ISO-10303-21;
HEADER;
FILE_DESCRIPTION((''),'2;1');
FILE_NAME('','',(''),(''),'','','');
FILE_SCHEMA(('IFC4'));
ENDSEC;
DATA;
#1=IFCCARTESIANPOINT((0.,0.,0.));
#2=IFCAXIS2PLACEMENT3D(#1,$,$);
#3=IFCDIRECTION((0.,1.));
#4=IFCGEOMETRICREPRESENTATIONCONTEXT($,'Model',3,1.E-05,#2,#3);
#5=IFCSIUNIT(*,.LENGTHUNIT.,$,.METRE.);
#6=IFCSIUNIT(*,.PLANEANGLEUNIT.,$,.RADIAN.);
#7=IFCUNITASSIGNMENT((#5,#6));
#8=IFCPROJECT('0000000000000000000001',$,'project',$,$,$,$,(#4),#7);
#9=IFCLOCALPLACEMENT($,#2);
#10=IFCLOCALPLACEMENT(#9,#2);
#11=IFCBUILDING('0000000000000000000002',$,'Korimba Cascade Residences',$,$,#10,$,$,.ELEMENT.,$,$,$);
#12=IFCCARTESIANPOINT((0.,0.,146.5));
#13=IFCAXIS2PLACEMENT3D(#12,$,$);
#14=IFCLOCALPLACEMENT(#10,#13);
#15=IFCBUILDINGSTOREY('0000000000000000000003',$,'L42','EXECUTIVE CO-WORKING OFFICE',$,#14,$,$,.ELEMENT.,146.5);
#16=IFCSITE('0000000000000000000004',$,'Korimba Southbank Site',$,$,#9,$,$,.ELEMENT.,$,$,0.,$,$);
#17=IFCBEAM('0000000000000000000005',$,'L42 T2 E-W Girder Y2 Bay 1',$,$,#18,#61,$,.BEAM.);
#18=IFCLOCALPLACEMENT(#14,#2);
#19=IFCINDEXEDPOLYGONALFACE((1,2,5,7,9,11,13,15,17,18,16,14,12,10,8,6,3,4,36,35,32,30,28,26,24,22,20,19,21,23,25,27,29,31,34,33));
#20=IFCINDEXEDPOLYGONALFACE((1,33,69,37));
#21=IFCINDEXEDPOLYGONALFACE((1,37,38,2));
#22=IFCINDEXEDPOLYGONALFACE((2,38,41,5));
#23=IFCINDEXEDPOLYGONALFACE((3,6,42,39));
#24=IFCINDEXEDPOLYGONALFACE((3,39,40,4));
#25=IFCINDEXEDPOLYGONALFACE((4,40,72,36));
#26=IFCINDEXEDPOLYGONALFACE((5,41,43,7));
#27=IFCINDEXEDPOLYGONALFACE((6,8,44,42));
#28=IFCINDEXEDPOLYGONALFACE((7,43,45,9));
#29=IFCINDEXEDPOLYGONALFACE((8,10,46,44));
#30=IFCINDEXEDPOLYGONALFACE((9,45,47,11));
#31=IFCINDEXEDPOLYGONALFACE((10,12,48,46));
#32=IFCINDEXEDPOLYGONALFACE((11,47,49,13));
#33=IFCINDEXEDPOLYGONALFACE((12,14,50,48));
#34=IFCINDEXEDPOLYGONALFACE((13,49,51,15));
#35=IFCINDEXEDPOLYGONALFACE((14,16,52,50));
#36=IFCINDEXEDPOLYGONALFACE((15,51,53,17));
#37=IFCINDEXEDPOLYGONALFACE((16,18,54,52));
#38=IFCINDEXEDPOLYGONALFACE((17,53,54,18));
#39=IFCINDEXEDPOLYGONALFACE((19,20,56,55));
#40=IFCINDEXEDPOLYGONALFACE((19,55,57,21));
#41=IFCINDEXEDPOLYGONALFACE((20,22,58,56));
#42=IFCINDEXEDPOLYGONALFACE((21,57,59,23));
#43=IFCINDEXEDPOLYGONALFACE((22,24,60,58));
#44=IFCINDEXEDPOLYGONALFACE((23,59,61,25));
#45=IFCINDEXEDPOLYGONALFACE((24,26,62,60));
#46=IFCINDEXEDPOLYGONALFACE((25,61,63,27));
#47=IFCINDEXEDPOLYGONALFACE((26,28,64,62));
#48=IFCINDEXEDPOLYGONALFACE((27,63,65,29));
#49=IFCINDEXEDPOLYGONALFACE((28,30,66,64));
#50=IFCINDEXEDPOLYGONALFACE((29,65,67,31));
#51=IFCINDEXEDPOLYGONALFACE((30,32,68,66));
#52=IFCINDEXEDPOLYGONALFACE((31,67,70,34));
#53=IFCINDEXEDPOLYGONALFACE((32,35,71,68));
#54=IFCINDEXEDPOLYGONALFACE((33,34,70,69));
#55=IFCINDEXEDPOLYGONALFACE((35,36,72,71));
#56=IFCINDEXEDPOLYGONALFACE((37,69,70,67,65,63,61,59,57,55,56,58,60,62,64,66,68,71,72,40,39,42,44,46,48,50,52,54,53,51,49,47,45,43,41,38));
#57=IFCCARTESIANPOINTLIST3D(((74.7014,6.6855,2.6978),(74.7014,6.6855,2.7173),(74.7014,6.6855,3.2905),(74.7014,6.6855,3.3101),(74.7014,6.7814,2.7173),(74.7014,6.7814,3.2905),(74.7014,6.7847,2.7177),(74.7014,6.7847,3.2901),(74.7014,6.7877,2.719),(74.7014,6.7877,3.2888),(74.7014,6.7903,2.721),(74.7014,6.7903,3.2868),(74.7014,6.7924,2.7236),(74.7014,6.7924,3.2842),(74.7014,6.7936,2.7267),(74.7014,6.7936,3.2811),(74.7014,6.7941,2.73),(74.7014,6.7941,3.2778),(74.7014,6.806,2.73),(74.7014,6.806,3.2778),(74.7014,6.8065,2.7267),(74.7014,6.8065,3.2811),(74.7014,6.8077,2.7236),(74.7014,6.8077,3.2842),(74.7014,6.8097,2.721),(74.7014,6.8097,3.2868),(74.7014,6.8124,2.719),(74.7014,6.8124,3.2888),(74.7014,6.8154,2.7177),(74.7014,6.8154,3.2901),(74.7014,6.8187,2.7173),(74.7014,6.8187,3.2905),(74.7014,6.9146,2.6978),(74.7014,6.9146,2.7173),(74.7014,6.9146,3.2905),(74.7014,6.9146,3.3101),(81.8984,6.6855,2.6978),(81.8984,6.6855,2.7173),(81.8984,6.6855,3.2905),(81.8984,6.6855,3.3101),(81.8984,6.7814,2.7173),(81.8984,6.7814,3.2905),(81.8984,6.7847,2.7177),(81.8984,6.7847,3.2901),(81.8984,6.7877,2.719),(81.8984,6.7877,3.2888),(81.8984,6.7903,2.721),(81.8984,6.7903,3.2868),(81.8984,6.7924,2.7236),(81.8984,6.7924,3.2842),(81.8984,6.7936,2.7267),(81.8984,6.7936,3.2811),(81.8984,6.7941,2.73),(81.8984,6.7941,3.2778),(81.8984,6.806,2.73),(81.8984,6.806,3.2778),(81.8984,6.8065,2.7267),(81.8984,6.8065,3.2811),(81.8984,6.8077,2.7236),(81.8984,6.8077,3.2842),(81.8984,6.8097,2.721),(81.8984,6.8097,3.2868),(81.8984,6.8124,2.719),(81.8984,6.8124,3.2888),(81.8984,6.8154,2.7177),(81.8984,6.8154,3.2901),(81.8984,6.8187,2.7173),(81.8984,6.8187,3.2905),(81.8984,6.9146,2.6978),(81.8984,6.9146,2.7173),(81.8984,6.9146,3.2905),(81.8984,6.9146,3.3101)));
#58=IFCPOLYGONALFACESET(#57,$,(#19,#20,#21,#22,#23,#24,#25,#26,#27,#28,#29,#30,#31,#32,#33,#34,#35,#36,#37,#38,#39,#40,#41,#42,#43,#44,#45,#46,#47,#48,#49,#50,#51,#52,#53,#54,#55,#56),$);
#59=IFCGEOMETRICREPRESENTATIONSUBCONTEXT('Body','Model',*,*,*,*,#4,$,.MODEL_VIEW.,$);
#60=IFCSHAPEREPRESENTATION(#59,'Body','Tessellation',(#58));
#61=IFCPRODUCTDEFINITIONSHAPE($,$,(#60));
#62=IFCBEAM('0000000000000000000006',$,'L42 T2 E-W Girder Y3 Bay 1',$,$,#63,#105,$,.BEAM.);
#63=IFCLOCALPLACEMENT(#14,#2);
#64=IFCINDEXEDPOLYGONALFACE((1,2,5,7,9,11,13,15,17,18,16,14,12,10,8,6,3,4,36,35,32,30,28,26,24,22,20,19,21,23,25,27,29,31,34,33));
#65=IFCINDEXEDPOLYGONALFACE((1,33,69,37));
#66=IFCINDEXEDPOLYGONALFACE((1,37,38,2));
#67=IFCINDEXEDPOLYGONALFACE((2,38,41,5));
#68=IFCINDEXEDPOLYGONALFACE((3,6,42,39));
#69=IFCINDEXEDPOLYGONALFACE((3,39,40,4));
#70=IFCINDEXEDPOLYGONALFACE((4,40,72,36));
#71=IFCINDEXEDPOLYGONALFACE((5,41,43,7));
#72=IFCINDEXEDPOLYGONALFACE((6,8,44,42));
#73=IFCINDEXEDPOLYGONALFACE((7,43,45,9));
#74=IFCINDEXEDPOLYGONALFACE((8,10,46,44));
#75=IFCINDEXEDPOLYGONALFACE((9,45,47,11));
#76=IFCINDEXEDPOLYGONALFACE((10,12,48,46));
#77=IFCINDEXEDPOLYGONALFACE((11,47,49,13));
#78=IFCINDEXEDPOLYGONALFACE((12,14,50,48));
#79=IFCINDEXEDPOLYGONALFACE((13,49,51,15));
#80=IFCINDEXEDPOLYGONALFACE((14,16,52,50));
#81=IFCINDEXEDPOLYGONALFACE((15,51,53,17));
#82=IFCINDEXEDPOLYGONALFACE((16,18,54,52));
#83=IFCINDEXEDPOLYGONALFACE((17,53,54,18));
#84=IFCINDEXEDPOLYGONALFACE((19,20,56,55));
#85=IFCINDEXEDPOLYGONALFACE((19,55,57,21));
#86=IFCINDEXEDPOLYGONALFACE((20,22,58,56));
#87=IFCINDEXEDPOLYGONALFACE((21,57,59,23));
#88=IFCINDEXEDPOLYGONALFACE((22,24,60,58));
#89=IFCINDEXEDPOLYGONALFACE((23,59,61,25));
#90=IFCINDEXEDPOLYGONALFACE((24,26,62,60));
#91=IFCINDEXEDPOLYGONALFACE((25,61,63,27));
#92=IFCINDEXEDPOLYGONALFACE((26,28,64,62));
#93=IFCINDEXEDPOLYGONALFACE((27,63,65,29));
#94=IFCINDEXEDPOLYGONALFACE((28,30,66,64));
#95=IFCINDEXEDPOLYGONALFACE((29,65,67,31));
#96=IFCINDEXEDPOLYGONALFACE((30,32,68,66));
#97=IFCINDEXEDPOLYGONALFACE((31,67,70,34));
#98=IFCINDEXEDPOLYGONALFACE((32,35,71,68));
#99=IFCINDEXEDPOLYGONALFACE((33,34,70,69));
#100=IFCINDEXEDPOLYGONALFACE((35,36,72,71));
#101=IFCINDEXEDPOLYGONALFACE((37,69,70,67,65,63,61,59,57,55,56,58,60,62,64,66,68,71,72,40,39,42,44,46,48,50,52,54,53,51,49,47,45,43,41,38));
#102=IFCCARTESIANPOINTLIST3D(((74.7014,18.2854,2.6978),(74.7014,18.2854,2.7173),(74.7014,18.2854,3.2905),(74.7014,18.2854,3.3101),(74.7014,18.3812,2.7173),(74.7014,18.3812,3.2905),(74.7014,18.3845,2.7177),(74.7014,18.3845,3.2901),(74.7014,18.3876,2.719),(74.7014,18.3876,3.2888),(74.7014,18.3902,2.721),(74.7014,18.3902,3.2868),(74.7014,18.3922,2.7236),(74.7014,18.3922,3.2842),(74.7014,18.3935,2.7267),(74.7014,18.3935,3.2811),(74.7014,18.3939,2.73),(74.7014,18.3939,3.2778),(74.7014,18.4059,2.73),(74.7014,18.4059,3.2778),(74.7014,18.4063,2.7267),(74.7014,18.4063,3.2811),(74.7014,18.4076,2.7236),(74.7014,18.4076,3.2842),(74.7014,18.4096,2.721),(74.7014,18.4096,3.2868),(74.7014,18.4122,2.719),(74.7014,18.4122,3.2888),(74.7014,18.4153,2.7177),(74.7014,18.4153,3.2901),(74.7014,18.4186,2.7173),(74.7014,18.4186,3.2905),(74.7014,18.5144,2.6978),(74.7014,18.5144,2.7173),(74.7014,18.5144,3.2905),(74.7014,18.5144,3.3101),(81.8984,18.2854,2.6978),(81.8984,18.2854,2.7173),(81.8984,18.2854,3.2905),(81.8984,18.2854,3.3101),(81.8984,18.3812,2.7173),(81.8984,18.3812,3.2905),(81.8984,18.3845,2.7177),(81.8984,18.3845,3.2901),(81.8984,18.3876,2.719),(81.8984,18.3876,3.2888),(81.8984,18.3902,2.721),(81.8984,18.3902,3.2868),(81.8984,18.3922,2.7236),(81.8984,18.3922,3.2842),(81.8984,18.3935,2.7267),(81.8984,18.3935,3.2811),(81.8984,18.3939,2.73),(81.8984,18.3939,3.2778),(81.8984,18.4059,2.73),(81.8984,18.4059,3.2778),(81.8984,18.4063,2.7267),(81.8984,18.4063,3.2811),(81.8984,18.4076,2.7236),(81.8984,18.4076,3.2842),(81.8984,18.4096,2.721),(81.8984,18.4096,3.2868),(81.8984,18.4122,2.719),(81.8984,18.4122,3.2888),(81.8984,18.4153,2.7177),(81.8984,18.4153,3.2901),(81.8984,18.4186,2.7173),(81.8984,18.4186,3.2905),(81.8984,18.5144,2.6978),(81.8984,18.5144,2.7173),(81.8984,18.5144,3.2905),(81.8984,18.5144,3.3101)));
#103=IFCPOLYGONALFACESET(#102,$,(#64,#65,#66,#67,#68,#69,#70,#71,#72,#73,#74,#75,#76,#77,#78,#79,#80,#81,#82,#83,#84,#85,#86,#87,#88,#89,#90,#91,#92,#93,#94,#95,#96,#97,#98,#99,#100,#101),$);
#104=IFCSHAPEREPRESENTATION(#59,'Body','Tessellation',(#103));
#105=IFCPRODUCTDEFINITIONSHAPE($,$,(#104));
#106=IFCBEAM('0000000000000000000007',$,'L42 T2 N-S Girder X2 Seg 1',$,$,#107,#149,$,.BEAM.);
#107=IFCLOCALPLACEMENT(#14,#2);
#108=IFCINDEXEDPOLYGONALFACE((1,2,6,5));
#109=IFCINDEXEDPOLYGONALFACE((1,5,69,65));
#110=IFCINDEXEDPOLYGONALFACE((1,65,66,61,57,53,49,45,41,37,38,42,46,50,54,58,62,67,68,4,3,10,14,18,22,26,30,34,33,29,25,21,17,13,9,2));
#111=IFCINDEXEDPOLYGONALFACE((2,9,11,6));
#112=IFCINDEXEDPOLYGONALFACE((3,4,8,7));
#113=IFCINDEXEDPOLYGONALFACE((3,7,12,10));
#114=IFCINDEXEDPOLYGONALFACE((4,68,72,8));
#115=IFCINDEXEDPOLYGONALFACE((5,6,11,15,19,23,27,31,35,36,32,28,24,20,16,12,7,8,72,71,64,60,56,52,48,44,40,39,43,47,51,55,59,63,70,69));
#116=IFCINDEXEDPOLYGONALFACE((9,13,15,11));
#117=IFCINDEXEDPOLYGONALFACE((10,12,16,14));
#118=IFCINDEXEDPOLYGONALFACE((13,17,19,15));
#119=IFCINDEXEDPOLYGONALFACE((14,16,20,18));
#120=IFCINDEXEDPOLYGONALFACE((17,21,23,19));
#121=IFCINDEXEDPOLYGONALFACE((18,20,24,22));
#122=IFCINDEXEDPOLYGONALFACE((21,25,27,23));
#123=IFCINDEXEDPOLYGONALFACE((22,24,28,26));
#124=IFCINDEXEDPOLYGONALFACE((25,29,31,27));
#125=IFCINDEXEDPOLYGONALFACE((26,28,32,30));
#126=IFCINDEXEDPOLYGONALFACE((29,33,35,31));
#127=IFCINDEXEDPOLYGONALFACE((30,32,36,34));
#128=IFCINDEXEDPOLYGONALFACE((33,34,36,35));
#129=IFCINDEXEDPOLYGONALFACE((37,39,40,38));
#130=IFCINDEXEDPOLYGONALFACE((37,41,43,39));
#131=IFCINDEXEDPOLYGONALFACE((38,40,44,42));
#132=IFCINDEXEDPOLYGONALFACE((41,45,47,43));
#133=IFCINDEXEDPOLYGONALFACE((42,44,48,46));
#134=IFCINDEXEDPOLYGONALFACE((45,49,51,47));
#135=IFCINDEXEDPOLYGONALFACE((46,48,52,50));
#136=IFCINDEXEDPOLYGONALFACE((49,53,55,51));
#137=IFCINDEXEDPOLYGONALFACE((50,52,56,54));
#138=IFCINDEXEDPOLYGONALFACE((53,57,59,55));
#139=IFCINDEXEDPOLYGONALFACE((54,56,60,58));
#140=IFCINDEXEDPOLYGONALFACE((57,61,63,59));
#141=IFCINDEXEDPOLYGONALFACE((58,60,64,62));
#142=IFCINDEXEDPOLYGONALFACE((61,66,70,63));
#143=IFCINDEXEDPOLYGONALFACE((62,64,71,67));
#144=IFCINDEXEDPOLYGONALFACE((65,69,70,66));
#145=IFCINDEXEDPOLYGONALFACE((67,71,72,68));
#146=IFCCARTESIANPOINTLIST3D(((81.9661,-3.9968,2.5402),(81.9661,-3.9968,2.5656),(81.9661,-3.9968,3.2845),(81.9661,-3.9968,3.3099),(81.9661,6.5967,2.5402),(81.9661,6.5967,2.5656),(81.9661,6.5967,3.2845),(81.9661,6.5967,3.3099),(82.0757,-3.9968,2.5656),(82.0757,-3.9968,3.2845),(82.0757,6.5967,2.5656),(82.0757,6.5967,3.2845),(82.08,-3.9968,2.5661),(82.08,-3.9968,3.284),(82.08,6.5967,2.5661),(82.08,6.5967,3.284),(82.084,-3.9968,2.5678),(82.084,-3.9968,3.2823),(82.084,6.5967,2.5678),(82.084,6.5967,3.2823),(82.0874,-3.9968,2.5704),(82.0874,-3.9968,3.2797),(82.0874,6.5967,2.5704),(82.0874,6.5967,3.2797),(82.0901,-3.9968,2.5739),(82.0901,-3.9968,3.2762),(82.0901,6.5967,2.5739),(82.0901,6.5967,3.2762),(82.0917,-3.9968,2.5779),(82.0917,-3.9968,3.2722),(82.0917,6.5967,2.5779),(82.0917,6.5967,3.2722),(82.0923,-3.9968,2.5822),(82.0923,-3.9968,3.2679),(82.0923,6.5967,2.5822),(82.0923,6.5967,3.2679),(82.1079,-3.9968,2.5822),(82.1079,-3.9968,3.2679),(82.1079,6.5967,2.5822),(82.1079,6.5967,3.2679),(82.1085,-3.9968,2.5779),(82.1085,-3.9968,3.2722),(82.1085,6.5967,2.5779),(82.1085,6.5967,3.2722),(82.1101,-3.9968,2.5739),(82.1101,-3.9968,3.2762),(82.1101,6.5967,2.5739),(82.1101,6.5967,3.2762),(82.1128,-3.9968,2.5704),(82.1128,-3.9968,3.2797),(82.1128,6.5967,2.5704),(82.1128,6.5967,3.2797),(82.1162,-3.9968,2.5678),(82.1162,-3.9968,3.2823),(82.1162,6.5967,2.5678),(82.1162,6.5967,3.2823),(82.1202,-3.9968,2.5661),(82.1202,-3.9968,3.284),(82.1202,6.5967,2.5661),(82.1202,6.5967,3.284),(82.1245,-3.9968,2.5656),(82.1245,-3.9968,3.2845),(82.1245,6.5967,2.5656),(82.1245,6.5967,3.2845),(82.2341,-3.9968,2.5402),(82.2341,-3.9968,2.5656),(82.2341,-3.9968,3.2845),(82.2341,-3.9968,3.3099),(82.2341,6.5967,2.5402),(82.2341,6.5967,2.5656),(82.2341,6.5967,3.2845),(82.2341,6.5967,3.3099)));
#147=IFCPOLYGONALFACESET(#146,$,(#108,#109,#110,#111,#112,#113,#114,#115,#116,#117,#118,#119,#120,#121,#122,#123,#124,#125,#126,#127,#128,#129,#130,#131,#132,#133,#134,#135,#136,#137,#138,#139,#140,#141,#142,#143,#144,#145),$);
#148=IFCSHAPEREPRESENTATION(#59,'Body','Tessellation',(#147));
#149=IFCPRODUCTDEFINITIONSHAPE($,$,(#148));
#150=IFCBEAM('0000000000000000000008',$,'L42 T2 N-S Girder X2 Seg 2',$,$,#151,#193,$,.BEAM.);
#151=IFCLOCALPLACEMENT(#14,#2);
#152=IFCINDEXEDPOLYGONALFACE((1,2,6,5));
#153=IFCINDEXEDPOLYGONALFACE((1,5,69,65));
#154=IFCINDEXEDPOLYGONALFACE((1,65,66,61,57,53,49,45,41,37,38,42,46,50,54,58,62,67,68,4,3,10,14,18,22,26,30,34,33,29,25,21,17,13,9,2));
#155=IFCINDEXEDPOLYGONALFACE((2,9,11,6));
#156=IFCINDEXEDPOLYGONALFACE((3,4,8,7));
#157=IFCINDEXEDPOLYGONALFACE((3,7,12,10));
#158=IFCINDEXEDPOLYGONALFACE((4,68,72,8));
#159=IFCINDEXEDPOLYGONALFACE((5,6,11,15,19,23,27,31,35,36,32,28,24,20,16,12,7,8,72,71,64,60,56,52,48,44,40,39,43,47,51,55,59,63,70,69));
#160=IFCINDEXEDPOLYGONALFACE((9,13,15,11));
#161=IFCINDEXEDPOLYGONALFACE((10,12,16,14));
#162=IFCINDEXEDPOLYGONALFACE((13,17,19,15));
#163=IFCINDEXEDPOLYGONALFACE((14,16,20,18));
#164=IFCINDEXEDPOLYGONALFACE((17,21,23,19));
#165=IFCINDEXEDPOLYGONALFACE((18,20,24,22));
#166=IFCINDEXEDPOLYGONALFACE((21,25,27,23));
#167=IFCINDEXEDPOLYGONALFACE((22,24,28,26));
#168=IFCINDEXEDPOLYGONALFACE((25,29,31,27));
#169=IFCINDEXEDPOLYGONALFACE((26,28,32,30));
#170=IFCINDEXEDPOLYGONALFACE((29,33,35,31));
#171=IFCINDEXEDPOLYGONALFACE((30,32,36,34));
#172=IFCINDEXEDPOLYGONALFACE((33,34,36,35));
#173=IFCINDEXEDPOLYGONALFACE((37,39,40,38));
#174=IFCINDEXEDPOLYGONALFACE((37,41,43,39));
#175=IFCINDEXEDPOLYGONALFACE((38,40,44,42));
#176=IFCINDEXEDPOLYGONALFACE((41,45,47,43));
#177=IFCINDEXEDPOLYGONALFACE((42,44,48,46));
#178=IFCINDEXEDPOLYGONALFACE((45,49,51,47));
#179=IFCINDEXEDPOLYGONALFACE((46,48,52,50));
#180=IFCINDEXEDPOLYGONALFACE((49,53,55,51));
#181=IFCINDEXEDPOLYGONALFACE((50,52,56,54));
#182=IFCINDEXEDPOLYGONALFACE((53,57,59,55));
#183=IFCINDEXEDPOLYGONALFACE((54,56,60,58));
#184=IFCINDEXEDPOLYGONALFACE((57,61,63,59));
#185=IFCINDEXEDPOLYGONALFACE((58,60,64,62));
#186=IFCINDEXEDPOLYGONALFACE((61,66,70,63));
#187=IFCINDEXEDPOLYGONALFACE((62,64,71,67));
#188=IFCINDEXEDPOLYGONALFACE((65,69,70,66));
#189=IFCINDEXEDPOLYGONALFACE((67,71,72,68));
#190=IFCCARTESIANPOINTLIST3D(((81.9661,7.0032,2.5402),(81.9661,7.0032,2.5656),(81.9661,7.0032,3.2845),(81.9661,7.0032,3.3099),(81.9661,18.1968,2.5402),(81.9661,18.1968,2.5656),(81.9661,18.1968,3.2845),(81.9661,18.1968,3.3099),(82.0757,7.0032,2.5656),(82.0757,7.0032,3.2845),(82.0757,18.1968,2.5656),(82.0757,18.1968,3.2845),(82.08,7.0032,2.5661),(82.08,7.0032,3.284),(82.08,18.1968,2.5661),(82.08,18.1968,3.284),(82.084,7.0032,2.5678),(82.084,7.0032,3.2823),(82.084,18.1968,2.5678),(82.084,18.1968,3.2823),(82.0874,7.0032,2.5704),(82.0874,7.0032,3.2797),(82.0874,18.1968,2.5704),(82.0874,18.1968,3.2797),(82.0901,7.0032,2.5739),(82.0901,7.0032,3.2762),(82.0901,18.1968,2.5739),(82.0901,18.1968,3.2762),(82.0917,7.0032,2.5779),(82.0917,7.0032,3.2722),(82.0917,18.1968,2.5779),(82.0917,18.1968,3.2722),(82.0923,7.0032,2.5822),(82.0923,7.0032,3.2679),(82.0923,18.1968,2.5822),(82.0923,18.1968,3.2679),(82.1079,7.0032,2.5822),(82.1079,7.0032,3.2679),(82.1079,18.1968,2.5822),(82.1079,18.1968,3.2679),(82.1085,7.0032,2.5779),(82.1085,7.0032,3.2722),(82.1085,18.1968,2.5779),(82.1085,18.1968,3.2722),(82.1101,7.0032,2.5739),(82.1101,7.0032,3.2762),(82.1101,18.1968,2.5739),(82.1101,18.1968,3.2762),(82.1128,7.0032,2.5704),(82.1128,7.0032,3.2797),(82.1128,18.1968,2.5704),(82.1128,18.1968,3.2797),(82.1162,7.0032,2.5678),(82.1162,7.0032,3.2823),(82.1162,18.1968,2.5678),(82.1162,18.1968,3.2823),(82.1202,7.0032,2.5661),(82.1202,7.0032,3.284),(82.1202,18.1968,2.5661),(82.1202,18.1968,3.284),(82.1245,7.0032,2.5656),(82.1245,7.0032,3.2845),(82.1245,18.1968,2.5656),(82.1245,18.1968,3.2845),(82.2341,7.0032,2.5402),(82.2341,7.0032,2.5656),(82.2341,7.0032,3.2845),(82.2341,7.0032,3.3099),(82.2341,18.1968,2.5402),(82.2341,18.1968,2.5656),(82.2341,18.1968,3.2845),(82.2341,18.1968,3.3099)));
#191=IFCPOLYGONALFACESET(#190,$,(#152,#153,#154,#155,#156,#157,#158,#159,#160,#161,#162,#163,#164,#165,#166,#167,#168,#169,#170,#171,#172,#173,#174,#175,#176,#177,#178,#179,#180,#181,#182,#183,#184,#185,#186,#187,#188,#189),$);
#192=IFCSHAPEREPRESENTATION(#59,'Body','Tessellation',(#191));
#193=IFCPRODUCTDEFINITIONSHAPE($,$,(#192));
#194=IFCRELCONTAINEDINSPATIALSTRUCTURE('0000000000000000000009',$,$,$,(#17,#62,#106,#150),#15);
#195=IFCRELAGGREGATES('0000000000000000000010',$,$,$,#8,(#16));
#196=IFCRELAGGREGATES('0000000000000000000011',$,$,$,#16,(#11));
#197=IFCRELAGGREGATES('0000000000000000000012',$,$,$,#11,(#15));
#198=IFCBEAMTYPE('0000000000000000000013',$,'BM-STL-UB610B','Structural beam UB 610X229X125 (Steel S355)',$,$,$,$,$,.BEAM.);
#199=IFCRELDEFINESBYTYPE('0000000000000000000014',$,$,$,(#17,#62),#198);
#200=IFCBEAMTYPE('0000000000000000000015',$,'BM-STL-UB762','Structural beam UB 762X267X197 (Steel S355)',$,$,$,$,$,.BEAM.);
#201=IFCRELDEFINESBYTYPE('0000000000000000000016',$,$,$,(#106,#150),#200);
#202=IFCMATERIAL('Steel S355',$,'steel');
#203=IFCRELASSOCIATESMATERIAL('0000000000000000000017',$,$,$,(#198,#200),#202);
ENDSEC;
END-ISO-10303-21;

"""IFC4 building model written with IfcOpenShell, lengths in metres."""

from ifc_helpers import new_model, si_unit, direction, frame, origin, origin_2d, place, context, subcontext, project, spatial, i_section, extrude, material, material_profile, profile_set, type_object, element, save


model = new_model("IFC4")

# Units and contexts
model_context = context("Model", 3, precision=1e-05, world=origin(), true_north=direction((0.0, 1.0)))
body_context = subcontext(model_context, "Body", "Model", "MODEL_VIEW")
ifc_project = project(units=[si_unit("LENGTHUNIT", "METRE"), si_unit("PLANEANGLEUNIT", "RADIAN")], contexts=[model_context])

# Site, building, storey
site_placement = place(None, origin())
site = spatial("IfcSite", under=ifc_project, at=site_placement, Name="Korimba Southbank Site", CompositionType="ELEMENT", RefElevation=0.0)
building_placement = place(site_placement, origin())
building = spatial("IfcBuilding", under=site, at=building_placement, Name="Korimba Cascade Residences", CompositionType="ELEMENT")
storey_placement = place(building_placement, frame((0.0, 0.0, 146.5)))
storey = spatial("IfcBuildingStorey", under=building, at=storey_placement, Name="L42", Description="EXECUTIVE CO-WORKING OFFICE", CompositionType="ELEMENT", Elevation=146.5)

# Beams
ifc_material_1 = material(Name="Steel S355", Category="steel")
ifc_material_profile_1 = material_profile(ifc_material_1, i_section(OverallWidth=0.229, OverallDepth=0.6123, WebThickness=0.012, FlangeThickness=0.0195, FilletRadius=0.0127, at=origin_2d()), Name="Steel S355")
ifc_profile_set_1 = profile_set([ifc_material_profile_1], Name="Steel S355")
beam_type_1 = type_object("IfcBeamType", Name="BM-STL-UB610B", Description="Structural beam UB 610X229X125 (Steel S355)", PredefinedType="BEAM", material=ifc_profile_set_1)
for number, where, z_axis, x_axis, name in (
    (1, (74.7014, 6.8, 3.0039), (1.0, 0.0, 0.0), (0.0, 1.0, 0.0), "L42 T2 E-W Girder Y2 Bay 1"),
    (2, (74.7014, 18.3999, 3.0039), (1.0, 0.0, 0.0), (0.0, 1.0, 0.0), "L42 T2 E-W Girder Y3 Bay 1"),
):
    element("IfcBeam", number, at=place(storey_placement, frame(where, z_axis=z_axis, x_axis=x_axis)), inside=storey, type_object=beam_type_1, Name=name, PredefinedType="BEAM", context=body_context, shape_type="SweptSolid", body=[
        extrude(i_section(OverallWidth=0.229, OverallDepth=0.6123, WebThickness=0.012, FlangeThickness=0.0195, FilletRadius=0.0127, at=origin_2d()), origin(), (0.0, 0.0, 1.0), 7.197),
    ])
ifc_material_profile_2 = material_profile(ifc_material_1, i_section(OverallWidth=0.2681, OverallDepth=0.7698, WebThickness=0.0156, FlangeThickness=0.0254, FilletRadius=0.0166, at=origin_2d()), Name="Steel S355")
ifc_profile_set_2 = profile_set([ifc_material_profile_2], Name="Steel S355")
beam_type_2 = type_object("IfcBeamType", Name="BM-STL-UB762", Description="Structural beam UB 762X267X197 (Steel S355)", PredefinedType="BEAM", material=ifc_profile_set_2)
beam_1_placement = place(storey_placement, frame((82.1001, -3.9968, 2.925), z_axis=(0.0, 1.0, 0.0), x_axis=(-1.0, 0.0, 0.0)))
element("IfcBeam", 3, at=beam_1_placement, inside=storey, type_object=beam_type_2, Name="L42 T2 N-S Girder X2 Seg 1", PredefinedType="BEAM", context=body_context, shape_type="SweptSolid", body=[
    extrude(i_section(OverallWidth=0.2681, OverallDepth=0.7698, WebThickness=0.0156, FlangeThickness=0.0254, FilletRadius=0.0166, at=origin_2d()), origin(), (0.0, 0.0, 1.0), 10.5935),
])
beam_2_placement = place(storey_placement, frame((82.1001, 7.0032, 2.925), z_axis=(0.0, 1.0, 0.0), x_axis=(-1.0, 0.0, 0.0)))
element("IfcBeam", 4, at=beam_2_placement, inside=storey, type_object=beam_type_2, Name="L42 T2 N-S Girder X2 Seg 2", PredefinedType="BEAM", context=body_context, shape_type="SweptSolid", body=[
    extrude(i_section(OverallWidth=0.2681, OverallDepth=0.7698, WebThickness=0.0156, FlangeThickness=0.0254, FilletRadius=0.0166, at=origin_2d()), origin(), (0.0, 0.0, 1.0), 11.1936),
])

save(model, "model.ifc")
